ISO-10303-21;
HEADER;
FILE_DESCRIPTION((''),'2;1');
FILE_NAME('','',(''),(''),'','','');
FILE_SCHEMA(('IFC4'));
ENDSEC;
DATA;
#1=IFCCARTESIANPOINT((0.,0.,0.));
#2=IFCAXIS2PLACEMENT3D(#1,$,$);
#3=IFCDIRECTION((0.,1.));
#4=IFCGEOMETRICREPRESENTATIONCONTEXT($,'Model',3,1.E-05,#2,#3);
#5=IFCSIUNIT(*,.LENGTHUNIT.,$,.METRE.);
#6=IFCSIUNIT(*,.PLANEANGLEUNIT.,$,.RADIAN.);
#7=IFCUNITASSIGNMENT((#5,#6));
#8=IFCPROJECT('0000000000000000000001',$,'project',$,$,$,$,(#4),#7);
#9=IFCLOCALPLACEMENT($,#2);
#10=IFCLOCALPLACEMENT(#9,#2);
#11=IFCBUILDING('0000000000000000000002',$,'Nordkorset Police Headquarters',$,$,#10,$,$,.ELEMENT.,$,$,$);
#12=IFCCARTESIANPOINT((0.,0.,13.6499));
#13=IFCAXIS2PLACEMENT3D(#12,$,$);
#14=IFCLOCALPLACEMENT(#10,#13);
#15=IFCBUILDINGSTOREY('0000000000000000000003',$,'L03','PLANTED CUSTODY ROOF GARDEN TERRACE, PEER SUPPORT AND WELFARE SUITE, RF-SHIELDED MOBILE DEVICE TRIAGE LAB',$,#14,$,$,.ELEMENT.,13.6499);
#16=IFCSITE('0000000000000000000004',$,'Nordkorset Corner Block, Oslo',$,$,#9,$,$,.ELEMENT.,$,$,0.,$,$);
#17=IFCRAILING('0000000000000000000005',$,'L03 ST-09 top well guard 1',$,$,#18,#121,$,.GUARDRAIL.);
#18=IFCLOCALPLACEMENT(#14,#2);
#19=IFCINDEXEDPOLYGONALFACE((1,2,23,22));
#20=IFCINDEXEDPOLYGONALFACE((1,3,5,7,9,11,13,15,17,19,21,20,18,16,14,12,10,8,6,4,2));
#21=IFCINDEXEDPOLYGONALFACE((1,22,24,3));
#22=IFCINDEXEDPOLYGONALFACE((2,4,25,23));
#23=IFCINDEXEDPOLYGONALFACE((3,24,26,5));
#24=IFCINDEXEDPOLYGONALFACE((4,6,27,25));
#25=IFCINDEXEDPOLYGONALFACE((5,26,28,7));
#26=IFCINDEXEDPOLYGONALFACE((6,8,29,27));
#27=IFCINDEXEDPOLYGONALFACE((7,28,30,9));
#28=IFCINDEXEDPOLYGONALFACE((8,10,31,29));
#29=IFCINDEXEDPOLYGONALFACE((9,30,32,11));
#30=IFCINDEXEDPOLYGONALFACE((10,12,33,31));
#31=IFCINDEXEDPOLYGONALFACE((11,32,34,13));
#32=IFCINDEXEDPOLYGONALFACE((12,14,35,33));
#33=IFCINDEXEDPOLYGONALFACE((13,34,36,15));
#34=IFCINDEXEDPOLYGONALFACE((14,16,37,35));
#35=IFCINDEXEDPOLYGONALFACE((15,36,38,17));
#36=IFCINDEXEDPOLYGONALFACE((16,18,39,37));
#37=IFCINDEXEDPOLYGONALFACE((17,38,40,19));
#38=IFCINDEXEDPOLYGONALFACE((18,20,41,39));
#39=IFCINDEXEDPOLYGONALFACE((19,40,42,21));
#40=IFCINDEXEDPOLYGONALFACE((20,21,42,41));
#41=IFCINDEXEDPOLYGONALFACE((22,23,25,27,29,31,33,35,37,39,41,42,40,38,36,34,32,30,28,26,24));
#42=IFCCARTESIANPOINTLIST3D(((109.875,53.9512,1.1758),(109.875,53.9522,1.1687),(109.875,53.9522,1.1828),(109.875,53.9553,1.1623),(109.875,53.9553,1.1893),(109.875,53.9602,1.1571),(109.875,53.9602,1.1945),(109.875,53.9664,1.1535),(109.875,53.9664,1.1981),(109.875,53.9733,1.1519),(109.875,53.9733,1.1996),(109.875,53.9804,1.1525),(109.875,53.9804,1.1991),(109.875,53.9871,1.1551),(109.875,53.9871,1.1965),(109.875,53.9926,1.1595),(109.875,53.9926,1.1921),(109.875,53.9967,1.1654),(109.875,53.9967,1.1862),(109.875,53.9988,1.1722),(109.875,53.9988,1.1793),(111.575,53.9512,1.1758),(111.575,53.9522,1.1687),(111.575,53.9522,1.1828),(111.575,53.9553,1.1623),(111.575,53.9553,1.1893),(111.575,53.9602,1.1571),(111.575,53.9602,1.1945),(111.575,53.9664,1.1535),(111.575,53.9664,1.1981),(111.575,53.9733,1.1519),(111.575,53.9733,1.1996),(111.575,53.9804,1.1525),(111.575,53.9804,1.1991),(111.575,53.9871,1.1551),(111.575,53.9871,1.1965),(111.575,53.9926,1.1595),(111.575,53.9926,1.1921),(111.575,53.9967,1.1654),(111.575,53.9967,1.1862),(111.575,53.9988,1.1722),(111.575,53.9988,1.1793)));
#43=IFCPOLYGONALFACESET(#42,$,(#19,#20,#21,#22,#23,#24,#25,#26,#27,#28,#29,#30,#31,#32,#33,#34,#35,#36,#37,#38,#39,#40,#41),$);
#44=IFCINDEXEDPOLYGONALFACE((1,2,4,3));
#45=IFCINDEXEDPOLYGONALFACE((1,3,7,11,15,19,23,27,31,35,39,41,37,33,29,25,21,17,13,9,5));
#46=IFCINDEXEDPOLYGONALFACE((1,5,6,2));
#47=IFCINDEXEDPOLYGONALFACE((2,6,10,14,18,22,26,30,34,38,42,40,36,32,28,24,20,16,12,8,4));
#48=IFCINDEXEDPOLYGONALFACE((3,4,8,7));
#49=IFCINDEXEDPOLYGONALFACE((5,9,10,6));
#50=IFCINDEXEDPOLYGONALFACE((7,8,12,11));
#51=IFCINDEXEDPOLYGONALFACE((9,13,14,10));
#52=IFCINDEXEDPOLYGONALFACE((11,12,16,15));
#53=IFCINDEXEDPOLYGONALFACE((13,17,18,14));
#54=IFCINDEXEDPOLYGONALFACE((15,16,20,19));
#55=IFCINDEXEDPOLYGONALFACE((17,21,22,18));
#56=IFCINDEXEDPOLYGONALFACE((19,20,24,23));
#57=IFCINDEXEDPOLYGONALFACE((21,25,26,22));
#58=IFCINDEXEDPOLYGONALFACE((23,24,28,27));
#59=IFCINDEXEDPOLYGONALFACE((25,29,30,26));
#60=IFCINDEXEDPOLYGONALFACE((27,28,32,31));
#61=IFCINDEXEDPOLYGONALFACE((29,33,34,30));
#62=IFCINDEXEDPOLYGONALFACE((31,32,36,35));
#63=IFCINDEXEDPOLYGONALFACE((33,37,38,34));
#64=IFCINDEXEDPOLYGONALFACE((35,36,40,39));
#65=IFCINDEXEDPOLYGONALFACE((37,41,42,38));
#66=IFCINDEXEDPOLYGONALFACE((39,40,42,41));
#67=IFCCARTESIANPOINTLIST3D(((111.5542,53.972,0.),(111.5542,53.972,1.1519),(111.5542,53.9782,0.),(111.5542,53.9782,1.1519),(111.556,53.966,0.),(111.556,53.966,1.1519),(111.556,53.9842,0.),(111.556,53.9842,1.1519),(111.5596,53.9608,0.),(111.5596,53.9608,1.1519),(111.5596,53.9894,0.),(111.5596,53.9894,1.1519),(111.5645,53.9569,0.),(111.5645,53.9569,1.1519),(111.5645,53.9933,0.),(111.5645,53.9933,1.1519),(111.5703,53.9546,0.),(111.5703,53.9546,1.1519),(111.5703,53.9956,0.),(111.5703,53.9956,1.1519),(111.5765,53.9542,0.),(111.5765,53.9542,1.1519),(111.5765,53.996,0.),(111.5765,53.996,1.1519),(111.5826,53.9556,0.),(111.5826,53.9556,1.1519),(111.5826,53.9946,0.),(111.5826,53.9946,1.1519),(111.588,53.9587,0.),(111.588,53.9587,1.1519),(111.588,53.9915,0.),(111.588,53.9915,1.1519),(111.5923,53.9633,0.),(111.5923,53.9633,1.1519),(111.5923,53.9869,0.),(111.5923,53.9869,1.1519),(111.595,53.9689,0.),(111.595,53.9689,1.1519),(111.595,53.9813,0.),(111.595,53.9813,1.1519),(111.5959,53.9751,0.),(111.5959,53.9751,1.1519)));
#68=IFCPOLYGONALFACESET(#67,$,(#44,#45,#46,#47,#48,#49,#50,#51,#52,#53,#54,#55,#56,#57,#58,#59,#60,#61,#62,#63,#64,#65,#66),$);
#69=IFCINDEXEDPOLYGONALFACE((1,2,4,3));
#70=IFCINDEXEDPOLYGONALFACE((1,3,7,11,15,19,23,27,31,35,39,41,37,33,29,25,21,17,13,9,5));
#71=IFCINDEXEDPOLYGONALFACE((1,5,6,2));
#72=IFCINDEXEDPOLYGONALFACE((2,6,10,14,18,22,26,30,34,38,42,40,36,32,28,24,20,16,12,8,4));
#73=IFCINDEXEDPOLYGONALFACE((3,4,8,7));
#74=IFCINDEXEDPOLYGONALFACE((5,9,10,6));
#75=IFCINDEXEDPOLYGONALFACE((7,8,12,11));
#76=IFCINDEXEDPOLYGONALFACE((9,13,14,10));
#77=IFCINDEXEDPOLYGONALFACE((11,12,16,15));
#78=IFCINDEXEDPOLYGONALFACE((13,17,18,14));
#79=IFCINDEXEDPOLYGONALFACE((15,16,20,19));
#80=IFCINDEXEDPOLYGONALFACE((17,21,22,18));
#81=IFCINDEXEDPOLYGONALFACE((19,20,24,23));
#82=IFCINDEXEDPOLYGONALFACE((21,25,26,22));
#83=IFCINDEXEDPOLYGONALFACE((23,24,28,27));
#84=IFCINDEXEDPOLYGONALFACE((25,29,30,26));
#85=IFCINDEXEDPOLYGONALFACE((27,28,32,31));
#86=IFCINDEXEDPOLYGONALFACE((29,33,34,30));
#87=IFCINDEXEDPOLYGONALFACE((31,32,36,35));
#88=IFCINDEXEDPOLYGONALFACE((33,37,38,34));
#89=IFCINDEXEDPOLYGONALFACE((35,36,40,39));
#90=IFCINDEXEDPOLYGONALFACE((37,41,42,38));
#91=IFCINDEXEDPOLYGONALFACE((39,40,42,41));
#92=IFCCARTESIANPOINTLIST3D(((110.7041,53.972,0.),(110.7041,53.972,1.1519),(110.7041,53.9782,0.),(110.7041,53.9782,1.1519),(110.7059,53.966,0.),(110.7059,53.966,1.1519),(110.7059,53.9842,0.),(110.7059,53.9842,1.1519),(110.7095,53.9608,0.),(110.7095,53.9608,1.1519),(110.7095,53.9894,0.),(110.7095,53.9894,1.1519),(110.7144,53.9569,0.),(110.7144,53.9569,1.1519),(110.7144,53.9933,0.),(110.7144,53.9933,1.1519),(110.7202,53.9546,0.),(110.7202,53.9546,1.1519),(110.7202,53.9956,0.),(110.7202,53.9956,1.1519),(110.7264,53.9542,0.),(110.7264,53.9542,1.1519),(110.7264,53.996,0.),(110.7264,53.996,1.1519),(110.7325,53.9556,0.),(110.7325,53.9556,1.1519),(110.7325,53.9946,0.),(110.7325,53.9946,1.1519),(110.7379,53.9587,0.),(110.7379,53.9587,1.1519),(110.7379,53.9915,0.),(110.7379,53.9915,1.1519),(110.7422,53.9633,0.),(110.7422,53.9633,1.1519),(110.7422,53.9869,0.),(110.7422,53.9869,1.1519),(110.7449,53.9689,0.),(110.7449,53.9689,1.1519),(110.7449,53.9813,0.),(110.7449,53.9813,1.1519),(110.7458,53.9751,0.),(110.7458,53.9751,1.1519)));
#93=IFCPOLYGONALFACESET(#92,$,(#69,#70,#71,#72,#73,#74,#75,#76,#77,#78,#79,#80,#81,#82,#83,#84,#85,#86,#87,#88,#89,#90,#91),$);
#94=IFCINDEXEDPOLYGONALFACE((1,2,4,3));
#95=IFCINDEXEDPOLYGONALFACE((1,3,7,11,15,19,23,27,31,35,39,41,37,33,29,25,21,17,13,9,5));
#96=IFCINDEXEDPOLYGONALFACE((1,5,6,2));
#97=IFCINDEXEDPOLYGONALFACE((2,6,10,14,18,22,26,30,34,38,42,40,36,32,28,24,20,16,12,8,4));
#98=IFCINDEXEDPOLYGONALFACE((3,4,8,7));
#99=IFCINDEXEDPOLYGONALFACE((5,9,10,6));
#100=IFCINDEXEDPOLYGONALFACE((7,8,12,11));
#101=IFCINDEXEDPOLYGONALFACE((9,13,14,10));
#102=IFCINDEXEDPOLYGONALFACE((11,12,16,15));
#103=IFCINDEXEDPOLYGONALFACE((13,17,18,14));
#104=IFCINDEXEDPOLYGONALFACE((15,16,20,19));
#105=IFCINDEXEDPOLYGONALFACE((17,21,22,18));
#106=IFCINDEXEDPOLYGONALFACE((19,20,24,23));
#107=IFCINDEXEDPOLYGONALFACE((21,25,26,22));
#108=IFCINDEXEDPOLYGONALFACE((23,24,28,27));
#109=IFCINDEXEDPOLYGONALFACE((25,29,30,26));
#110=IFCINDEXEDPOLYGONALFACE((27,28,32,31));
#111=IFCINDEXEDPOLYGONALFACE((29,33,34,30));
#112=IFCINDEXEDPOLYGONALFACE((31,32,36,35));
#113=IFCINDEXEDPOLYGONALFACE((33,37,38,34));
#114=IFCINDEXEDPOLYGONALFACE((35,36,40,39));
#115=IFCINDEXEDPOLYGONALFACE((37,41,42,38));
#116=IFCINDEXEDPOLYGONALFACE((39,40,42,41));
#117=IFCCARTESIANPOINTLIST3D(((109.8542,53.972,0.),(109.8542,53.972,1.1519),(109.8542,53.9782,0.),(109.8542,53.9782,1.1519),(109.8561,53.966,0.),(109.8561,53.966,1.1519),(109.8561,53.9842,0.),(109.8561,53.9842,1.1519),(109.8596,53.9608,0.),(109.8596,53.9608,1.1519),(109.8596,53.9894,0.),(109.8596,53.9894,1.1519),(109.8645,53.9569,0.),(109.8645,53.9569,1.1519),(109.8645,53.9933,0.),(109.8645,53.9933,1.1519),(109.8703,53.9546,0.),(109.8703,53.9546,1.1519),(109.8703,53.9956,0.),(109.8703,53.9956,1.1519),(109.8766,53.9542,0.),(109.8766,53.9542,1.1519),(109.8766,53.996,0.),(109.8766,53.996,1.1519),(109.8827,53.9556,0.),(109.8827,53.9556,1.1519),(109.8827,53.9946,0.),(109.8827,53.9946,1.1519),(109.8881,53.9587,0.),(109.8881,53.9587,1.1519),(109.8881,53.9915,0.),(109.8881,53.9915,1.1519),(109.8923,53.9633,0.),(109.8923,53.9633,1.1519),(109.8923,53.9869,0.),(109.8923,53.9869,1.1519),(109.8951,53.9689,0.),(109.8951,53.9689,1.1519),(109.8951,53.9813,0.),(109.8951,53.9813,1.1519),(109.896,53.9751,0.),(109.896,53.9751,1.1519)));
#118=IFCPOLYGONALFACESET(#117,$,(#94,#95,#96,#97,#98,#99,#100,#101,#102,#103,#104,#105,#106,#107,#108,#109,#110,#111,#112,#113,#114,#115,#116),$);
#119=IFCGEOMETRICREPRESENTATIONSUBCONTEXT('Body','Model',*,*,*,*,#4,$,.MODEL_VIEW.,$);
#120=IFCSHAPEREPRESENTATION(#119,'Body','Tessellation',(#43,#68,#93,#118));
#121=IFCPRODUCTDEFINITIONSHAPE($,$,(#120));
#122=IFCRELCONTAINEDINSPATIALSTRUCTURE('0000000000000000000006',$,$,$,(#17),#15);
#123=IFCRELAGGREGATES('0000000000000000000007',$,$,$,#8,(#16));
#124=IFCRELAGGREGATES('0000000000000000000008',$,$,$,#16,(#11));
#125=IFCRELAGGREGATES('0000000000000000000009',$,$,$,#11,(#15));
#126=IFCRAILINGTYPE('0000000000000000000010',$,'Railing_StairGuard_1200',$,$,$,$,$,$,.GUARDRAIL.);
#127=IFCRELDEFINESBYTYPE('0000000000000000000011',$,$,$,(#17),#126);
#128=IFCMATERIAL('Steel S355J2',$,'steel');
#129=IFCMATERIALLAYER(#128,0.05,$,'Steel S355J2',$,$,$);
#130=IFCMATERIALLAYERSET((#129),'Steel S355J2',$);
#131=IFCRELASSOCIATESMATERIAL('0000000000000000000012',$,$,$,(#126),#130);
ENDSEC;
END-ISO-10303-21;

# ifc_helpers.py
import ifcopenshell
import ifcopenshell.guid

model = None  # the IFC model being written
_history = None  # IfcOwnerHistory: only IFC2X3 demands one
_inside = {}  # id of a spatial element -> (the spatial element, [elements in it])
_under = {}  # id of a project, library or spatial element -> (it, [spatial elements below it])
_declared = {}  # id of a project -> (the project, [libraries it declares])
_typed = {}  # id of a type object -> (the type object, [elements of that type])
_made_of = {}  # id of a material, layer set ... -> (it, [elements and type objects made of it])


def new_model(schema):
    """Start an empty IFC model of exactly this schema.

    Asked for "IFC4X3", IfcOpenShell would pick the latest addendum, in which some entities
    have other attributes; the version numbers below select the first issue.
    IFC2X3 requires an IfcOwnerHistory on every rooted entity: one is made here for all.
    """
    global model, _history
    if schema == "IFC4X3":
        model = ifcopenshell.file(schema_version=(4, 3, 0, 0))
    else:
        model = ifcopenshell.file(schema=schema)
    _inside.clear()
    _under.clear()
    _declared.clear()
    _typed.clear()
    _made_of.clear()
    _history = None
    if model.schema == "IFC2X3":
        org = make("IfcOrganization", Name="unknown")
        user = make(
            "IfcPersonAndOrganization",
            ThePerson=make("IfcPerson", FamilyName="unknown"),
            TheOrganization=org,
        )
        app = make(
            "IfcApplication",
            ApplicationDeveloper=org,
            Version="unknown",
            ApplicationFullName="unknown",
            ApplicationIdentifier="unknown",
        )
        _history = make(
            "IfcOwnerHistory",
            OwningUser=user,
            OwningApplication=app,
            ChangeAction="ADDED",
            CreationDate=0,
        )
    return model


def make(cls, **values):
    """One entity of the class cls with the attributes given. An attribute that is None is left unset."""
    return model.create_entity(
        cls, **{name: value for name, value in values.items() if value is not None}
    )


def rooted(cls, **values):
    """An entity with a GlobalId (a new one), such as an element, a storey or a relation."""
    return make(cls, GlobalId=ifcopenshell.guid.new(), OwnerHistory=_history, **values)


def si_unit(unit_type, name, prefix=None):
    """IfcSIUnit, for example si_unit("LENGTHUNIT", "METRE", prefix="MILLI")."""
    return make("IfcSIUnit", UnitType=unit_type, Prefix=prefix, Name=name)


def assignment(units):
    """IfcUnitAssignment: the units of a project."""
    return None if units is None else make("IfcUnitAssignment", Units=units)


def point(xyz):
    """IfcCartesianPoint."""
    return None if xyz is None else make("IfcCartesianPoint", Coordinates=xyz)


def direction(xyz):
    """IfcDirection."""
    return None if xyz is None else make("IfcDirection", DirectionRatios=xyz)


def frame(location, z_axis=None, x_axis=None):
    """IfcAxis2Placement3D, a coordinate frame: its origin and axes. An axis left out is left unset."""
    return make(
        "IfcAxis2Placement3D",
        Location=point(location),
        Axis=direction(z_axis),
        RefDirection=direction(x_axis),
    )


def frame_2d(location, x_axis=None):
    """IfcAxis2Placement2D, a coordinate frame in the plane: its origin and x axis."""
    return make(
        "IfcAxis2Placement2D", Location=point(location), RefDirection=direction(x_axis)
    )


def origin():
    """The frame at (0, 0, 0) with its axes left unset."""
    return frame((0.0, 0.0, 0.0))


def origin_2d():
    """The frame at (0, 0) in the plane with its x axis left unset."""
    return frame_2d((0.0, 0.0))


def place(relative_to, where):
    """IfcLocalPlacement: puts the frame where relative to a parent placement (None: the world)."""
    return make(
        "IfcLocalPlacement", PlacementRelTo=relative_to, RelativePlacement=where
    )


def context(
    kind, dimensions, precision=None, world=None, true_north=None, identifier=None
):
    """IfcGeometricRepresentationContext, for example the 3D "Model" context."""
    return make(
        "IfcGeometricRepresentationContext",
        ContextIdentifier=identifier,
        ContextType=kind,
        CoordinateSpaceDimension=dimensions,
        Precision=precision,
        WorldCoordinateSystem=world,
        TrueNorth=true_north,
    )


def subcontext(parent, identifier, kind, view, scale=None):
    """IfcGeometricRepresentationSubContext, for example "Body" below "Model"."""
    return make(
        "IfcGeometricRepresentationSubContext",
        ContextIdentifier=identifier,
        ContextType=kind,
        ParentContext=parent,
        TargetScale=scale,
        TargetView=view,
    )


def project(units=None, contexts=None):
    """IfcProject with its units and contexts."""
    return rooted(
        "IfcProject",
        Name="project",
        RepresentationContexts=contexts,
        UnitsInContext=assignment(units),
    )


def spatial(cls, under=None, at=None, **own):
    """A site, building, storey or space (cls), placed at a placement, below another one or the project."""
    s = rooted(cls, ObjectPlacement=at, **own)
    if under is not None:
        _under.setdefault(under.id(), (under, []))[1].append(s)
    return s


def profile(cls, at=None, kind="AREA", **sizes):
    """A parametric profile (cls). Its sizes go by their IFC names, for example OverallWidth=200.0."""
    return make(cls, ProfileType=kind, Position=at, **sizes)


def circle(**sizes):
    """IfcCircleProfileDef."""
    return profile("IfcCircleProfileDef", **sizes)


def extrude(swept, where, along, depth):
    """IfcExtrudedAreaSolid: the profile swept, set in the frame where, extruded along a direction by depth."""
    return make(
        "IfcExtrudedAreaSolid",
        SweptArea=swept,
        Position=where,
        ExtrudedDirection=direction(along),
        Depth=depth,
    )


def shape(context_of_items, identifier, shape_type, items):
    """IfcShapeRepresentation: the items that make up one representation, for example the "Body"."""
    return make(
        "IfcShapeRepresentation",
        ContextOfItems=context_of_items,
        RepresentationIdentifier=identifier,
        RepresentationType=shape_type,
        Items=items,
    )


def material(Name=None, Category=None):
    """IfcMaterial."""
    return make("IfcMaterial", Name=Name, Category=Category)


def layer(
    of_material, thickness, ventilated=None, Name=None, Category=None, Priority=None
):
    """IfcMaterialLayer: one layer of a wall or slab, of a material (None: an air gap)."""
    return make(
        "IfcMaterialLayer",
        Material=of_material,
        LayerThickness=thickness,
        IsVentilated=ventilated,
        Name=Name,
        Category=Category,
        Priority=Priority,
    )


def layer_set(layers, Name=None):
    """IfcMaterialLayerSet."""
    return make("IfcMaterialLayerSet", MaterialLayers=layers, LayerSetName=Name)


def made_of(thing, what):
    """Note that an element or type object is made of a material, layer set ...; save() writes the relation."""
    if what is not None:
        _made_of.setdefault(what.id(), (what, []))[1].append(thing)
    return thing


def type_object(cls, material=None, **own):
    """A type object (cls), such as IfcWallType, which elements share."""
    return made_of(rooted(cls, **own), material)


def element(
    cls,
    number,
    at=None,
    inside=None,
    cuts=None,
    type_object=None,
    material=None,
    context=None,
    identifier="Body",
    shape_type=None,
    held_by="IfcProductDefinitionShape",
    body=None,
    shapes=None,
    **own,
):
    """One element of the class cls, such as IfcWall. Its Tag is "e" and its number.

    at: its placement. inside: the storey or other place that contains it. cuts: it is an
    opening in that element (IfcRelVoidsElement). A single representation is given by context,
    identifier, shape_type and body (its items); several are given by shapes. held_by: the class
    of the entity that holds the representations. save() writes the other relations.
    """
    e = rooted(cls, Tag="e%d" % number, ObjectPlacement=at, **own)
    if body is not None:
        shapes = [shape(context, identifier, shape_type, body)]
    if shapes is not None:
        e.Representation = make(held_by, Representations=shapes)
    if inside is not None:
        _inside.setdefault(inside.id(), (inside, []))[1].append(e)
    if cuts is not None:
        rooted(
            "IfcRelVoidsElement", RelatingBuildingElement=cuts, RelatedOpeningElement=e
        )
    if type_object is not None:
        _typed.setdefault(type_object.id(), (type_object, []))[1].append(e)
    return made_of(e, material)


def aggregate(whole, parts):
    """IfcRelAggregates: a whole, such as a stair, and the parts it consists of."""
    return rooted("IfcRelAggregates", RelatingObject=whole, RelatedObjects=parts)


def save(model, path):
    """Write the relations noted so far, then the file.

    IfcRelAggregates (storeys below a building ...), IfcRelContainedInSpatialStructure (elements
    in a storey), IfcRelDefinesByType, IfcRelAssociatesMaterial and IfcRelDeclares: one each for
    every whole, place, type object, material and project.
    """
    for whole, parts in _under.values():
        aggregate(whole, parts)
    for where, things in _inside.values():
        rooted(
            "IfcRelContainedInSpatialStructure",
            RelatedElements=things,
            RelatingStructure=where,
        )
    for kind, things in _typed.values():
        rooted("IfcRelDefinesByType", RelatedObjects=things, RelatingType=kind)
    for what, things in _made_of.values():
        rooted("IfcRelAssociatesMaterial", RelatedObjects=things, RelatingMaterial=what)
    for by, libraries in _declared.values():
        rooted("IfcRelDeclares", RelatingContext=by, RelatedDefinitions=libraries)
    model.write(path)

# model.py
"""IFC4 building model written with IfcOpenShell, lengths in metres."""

from ifc_helpers import new_model, si_unit, direction, frame, origin, origin_2d, place, context, subcontext, project, spatial, circle, extrude, material, layer, layer_set, type_object, element, save


model = new_model("IFC4")

# Units and contexts
model_context = context("Model", 3, precision=1e-05, world=origin(), true_north=direction((0.0, 1.0)))
body_context = subcontext(model_context, "Body", "Model", "MODEL_VIEW")
ifc_project = project(units=[si_unit("LENGTHUNIT", "METRE"), si_unit("PLANEANGLEUNIT", "RADIAN")], contexts=[model_context])

# Site, building, storey
site_placement = place(None, origin())
site = spatial("IfcSite", under=ifc_project, at=site_placement, Name="Nordkorset Corner Block, Oslo", CompositionType="ELEMENT", RefElevation=0.0)
building_placement = place(site_placement, origin())
building = spatial("IfcBuilding", under=site, at=building_placement, Name="Nordkorset Police Headquarters", CompositionType="ELEMENT")
storey_placement = place(building_placement, frame((0.0, 0.0, 13.6499)))
storey = spatial("IfcBuildingStorey", under=building, at=storey_placement, Name="L03", Description="PLANTED CUSTODY ROOF GARDEN TERRACE, PEER SUPPORT AND WELFARE SUITE, RF-SHIELDED MOBILE DEVICE TRIAGE LAB", CompositionType="ELEMENT", Elevation=13.6499)

# Railing
ifc_material_1 = material(Name="Steel S355J2", Category="steel")
ifc_layer_1 = layer(ifc_material_1, 0.05, Name="Steel S355J2")
ifc_layer_set_1 = layer_set([ifc_layer_1], Name="Steel S355J2")
railing_type = type_object("IfcRailingType", Name="Railing_StairGuard_1200", PredefinedType="GUARDRAIL", material=ifc_layer_set_1)
railing_placement = place(storey_placement, frame((111.575, 53.9751, 0.0)))
element("IfcRailing", 1, at=railing_placement, inside=storey, type_object=railing_type, Name="L03 ST-09 top well guard 1", PredefinedType="GUARDRAIL", context=body_context, shape_type="SweptSolid", body=[
    extrude(circle(Radius=0.0239, at=origin_2d()), frame((0.0, 0.0, 1.1758), z_axis=(-1.0, 0.0, 0.0), x_axis=(0.0, -1.0, 0.0)), (0.0, 0.0, 1.0), 1.7),
    extrude(circle(Radius=0.021, at=origin_2d()), origin(), (0.0, 0.0, 1.0), 1.1519),
    extrude(circle(Radius=0.021, at=origin_2d()), frame((-0.8501, 0.0, 0.0)), (0.0, 0.0, 1.0), 1.1519),
    extrude(circle(Radius=0.021, at=origin_2d()), frame((-1.7, 0.0, 0.0)), (0.0, 0.0, 1.0), 1.1519),
])

save(model, "model.ifc")
